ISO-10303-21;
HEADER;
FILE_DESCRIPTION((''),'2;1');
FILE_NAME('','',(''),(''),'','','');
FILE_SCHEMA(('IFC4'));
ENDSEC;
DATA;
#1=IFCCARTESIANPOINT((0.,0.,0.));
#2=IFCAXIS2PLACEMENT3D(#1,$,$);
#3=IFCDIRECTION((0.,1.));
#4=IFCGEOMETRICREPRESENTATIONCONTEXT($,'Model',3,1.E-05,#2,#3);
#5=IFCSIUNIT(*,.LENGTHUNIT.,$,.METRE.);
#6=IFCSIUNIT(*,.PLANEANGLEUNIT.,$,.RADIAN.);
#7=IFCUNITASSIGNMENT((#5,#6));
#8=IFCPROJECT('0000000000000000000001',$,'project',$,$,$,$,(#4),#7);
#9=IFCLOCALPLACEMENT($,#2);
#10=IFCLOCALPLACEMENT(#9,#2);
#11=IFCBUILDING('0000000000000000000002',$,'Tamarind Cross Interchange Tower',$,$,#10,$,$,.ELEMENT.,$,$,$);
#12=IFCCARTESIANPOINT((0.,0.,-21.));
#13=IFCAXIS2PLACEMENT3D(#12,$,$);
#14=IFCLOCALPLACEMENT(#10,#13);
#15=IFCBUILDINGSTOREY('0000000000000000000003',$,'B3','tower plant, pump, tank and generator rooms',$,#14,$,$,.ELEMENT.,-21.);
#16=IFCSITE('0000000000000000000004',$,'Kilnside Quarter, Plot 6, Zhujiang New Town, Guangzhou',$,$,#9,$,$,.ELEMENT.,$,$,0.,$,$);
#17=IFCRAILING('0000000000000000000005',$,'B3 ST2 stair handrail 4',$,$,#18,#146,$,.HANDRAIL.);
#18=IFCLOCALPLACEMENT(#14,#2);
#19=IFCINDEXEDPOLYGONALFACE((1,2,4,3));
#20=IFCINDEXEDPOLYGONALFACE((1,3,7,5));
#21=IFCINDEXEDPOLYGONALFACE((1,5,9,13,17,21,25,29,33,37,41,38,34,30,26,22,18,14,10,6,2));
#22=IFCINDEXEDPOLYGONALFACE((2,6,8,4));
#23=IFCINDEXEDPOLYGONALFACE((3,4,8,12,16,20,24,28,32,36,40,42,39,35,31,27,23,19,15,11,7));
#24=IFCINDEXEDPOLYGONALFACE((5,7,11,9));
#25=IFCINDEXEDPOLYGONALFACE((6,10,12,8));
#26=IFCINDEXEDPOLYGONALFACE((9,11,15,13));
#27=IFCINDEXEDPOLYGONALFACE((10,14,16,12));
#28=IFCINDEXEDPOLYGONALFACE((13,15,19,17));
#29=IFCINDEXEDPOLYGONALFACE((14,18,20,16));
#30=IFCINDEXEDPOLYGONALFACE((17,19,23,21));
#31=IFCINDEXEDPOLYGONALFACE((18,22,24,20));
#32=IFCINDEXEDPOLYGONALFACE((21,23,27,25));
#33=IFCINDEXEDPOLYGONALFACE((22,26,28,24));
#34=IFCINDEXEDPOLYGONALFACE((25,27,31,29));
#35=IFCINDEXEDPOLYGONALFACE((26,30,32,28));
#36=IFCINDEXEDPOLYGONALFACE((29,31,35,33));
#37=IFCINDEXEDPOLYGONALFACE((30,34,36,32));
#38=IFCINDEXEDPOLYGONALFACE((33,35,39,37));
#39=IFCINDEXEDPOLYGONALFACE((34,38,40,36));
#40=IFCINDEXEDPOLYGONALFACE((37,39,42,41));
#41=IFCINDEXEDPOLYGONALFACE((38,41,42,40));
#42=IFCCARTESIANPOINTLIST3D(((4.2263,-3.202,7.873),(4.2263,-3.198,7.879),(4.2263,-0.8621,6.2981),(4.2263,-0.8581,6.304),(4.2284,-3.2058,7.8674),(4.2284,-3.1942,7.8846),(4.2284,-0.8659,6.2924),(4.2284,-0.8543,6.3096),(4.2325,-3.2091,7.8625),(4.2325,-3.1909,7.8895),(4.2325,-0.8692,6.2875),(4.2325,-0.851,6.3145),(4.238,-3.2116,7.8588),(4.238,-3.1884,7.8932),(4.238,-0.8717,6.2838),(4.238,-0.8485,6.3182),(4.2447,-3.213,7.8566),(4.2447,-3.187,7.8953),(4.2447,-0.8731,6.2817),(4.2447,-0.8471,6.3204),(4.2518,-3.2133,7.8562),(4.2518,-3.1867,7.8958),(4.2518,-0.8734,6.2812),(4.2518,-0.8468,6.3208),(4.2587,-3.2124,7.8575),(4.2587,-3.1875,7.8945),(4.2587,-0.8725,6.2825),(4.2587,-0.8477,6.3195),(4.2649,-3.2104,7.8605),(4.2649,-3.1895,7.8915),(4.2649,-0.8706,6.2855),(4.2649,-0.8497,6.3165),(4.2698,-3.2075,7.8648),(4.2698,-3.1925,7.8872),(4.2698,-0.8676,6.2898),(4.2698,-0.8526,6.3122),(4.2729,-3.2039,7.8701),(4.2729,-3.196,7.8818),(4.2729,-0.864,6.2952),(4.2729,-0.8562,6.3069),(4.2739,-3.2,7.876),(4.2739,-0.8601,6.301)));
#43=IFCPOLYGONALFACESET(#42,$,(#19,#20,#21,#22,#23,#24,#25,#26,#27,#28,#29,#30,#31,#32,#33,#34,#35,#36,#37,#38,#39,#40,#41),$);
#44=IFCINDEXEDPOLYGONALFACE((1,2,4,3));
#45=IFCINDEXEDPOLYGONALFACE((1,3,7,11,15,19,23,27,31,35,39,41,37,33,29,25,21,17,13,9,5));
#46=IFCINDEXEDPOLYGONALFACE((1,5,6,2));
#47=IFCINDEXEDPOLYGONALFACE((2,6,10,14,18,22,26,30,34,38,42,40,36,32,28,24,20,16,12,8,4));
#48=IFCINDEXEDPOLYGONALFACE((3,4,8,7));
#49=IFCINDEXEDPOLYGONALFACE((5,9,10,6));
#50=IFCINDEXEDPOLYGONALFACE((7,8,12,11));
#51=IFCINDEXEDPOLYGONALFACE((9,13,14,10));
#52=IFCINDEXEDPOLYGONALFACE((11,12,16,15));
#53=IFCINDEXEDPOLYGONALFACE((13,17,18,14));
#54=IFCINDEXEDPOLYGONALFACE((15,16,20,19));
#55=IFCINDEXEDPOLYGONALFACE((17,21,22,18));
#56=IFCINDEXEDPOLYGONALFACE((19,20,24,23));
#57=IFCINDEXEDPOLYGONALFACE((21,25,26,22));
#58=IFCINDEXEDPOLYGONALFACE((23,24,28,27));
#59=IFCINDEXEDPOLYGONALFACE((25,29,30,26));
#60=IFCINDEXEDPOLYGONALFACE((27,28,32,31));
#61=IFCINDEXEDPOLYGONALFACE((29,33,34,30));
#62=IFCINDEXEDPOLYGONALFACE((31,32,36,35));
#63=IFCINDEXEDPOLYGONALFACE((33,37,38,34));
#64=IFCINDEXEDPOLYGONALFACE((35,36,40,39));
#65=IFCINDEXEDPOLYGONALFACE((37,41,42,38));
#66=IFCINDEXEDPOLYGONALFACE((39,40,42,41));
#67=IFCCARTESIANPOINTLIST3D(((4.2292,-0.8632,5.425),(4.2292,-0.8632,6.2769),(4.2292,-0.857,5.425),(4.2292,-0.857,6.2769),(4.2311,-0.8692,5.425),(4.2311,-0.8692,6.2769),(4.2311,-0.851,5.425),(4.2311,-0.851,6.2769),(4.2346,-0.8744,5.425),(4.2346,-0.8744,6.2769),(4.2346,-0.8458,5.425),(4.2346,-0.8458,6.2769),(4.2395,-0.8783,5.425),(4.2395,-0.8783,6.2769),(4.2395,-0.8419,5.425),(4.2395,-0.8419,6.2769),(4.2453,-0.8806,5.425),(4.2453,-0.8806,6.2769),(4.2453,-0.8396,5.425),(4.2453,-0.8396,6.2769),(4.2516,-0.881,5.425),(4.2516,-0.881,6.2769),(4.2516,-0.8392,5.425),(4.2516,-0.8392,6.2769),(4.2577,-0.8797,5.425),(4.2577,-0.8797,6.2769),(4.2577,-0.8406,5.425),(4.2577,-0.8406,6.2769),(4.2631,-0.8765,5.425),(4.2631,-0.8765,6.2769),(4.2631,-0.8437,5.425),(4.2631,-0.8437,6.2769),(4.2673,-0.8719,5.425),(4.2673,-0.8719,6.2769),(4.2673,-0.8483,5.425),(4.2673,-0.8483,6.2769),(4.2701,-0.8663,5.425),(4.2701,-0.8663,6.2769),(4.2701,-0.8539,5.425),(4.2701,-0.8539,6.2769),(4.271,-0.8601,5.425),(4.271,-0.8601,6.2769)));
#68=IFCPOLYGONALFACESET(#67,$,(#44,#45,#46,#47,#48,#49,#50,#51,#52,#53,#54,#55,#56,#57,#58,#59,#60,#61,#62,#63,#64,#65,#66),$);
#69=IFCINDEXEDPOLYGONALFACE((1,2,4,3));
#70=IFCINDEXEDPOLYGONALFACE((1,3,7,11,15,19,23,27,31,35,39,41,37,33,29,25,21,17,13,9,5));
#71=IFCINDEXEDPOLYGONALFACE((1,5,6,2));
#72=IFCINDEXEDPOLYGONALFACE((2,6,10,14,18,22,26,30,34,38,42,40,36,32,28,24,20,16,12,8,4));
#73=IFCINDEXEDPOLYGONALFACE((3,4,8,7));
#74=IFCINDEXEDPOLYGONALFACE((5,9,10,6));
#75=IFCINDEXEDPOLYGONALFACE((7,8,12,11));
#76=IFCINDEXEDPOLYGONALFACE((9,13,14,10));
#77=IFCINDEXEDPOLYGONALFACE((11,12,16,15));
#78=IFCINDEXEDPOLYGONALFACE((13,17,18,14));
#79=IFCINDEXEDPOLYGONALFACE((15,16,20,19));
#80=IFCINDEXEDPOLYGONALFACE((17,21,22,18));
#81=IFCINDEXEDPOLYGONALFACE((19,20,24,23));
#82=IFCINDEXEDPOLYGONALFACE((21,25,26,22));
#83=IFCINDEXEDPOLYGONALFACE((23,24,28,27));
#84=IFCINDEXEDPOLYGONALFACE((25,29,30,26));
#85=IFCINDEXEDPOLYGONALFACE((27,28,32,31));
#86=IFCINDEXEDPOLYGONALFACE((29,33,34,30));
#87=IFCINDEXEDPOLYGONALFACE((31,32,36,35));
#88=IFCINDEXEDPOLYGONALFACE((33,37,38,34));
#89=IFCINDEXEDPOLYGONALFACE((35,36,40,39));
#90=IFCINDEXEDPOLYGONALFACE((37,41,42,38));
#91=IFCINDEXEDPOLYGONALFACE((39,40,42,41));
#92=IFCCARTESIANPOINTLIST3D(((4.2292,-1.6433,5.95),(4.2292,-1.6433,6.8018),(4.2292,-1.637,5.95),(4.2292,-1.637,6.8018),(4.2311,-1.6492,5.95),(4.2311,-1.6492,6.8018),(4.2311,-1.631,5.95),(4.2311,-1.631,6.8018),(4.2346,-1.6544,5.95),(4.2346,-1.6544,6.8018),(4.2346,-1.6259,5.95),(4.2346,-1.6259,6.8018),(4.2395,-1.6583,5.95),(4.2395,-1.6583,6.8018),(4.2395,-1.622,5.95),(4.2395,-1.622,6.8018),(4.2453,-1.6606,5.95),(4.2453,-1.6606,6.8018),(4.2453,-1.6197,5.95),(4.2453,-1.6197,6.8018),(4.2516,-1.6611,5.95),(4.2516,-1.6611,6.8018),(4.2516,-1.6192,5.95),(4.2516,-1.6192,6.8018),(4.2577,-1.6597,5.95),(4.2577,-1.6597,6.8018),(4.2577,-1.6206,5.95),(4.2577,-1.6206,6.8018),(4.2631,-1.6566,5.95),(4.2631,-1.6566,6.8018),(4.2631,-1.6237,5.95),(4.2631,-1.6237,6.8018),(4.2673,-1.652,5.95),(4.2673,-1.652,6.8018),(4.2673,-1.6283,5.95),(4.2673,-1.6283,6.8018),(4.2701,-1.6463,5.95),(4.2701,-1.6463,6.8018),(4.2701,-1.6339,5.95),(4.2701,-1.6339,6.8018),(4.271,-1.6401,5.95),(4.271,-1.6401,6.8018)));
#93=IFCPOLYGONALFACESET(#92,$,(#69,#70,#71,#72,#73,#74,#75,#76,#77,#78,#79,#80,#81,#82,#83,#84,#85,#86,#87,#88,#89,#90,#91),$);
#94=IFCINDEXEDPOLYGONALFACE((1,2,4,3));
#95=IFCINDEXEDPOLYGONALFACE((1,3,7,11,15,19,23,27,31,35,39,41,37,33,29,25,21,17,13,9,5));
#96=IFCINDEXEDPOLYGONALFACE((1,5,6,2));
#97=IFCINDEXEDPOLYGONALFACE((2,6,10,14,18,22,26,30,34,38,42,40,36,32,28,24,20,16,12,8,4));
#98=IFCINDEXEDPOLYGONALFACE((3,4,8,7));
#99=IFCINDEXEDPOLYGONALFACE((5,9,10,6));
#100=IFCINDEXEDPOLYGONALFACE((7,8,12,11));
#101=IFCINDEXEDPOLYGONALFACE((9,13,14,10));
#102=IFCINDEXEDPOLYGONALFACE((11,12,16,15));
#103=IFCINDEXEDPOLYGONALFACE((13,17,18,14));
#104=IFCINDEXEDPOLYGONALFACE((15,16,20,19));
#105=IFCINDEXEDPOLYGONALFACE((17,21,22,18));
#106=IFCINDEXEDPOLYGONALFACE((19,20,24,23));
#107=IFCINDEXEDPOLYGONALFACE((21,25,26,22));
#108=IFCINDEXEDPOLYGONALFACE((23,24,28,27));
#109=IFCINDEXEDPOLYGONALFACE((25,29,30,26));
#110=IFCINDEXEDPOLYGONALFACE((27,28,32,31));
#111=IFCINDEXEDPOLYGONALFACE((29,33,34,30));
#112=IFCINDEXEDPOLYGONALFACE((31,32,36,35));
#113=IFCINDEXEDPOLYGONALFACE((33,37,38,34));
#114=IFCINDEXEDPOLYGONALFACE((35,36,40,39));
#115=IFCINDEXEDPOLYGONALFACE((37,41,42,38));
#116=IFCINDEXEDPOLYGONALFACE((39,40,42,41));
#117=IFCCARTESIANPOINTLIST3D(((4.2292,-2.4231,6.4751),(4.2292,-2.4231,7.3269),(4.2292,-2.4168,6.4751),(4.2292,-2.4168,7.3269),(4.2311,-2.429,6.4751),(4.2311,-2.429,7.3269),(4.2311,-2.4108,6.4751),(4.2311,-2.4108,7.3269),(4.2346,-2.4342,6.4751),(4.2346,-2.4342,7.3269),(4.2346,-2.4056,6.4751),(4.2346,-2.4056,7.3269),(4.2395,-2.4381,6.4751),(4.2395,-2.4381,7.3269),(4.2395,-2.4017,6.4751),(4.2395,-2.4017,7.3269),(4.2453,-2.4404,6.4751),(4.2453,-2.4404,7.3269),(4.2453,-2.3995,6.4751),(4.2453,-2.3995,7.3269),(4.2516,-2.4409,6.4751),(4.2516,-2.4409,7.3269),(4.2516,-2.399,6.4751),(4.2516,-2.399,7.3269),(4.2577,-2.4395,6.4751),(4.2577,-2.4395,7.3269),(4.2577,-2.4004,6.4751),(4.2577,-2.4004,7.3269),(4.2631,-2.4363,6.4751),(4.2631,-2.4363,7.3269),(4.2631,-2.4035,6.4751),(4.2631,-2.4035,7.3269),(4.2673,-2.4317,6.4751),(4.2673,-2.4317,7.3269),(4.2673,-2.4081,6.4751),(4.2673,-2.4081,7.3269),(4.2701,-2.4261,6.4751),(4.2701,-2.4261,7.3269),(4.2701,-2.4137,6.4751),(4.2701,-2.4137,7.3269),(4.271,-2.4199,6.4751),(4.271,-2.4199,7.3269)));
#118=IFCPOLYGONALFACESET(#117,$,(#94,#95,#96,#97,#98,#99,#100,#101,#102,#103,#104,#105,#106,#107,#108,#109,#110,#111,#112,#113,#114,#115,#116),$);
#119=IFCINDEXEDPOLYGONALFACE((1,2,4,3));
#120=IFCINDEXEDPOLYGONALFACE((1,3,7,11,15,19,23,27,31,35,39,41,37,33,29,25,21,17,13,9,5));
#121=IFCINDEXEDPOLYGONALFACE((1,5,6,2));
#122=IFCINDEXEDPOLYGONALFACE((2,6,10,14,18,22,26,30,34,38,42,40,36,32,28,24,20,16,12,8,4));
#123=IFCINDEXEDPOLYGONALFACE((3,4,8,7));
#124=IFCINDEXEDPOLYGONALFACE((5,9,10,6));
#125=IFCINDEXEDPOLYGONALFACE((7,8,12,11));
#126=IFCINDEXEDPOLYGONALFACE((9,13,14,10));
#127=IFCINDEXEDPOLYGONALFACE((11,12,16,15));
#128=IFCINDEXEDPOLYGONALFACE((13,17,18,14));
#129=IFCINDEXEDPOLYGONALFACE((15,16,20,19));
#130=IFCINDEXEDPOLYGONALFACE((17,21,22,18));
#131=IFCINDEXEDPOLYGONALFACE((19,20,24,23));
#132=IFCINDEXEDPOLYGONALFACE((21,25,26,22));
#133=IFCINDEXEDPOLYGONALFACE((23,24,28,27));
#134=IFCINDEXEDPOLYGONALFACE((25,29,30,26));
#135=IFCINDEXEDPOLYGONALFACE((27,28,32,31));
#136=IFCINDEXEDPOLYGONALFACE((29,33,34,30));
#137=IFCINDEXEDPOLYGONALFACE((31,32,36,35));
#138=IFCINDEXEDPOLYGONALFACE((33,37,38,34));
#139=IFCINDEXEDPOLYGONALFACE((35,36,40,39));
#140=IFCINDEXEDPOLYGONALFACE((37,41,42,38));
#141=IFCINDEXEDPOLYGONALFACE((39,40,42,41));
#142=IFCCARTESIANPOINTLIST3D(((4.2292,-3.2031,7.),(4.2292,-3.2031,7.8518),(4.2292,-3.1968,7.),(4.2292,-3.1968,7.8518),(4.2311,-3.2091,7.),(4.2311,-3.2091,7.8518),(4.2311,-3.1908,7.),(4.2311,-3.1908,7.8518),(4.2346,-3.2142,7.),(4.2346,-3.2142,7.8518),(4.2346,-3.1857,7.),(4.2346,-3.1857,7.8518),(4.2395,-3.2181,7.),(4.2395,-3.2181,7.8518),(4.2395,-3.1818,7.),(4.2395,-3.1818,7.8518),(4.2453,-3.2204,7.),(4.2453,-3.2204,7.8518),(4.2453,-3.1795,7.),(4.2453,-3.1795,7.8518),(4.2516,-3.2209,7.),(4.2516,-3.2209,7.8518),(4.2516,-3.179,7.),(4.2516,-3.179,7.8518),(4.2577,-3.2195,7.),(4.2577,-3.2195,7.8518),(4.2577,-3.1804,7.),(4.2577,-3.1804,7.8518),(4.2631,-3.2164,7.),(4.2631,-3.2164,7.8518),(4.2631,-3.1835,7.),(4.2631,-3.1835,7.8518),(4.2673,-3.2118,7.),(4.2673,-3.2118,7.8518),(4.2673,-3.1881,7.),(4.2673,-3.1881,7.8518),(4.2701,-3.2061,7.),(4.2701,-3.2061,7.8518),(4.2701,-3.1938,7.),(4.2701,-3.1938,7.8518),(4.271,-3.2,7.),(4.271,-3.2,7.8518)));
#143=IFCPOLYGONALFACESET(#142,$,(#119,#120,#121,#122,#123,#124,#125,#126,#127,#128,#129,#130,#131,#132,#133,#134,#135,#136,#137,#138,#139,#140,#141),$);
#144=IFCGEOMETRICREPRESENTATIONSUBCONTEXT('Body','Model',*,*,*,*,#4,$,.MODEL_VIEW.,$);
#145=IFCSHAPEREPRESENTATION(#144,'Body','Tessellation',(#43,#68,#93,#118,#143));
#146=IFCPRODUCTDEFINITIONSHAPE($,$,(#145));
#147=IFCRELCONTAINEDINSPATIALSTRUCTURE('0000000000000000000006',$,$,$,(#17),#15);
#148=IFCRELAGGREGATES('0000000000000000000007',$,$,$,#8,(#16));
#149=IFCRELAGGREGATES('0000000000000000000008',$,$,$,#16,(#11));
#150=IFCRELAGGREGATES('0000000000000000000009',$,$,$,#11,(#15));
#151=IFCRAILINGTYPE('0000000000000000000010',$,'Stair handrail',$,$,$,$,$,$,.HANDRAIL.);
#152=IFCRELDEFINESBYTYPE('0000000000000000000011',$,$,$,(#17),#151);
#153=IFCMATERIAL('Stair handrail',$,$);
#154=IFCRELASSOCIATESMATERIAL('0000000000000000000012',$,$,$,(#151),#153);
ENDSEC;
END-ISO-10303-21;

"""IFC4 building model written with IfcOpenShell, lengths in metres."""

from ifc_helpers import new_model, si_unit, direction, frame, origin, origin_2d, place, context, subcontext, project, spatial, circle, extrude, material, type_object, element, save


model = new_model("IFC4")

# Units and contexts
model_context = context("Model", 3, precision=1e-05, world=origin(), true_north=direction((0.0, 1.0)))
body_context = subcontext(model_context, "Body", "Model", "MODEL_VIEW")
ifc_project = project(units=[si_unit("LENGTHUNIT", "METRE"), si_unit("PLANEANGLEUNIT", "RADIAN")], contexts=[model_context])

# Site, building, storey
site_placement = place(None, origin())
site = spatial("IfcSite", under=ifc_project, at=site_placement, Name="Kilnside Quarter, Plot 6, Zhujiang New Town, Guangzhou", CompositionType="ELEMENT", RefElevation=0.0)
building_placement = place(site_placement, origin())
building = spatial("IfcBuilding", under=site, at=building_placement, Name="Tamarind Cross Interchange Tower", CompositionType="ELEMENT")
storey_placement = place(building_placement, frame((0.0, 0.0, -21.0)))
storey = spatial("IfcBuildingStorey", under=building, at=storey_placement, Name="B3", Description="tower plant, pump, tank and generator rooms", CompositionType="ELEMENT", Elevation=-21.0)

# Railing
ifc_material_1 = material(Name="Stair handrail")
railing_type_1 = type_object("IfcRailingType", Name="Stair handrail", PredefinedType="HANDRAIL", material=ifc_material_1)
railing_1_placement = place(storey_placement, frame((4.25, -0.8601, 5.425)))
element("IfcRailing", 1, at=railing_1_placement, inside=storey, type_object=railing_type_1, Name="B3 ST2 stair handrail 4", PredefinedType="HANDRAIL", context=body_context, shape_type="SweptSolid", body=[
    extrude(circle(Radius=0.0239, at=origin_2d()), frame((0.0, 0.0, 0.876), z_axis=(0.0, -0.829578, 0.55839), x_axis=(1.0, 0.0, 0.0)), (0.0, 0.0, 1.0), 2.8206),
    extrude(circle(Radius=0.021, at=origin_2d()), origin(), (0.0, 0.0, 1.0), 0.8518),
    extrude(circle(Radius=0.021, at=origin_2d()), frame((0.0, -0.78, 0.5249)), (0.0, 0.0, 1.0), 0.8518),
    extrude(circle(Radius=0.021, at=origin_2d()), frame((0.0, -1.5598, 1.05)), (0.0, 0.0, 1.0), 0.8518),
    extrude(circle(Radius=0.021, at=origin_2d()), frame((0.0, -2.3398, 1.575)), (0.0, 0.0, 1.0), 0.8518),
])

save(model, "model.ifc")
